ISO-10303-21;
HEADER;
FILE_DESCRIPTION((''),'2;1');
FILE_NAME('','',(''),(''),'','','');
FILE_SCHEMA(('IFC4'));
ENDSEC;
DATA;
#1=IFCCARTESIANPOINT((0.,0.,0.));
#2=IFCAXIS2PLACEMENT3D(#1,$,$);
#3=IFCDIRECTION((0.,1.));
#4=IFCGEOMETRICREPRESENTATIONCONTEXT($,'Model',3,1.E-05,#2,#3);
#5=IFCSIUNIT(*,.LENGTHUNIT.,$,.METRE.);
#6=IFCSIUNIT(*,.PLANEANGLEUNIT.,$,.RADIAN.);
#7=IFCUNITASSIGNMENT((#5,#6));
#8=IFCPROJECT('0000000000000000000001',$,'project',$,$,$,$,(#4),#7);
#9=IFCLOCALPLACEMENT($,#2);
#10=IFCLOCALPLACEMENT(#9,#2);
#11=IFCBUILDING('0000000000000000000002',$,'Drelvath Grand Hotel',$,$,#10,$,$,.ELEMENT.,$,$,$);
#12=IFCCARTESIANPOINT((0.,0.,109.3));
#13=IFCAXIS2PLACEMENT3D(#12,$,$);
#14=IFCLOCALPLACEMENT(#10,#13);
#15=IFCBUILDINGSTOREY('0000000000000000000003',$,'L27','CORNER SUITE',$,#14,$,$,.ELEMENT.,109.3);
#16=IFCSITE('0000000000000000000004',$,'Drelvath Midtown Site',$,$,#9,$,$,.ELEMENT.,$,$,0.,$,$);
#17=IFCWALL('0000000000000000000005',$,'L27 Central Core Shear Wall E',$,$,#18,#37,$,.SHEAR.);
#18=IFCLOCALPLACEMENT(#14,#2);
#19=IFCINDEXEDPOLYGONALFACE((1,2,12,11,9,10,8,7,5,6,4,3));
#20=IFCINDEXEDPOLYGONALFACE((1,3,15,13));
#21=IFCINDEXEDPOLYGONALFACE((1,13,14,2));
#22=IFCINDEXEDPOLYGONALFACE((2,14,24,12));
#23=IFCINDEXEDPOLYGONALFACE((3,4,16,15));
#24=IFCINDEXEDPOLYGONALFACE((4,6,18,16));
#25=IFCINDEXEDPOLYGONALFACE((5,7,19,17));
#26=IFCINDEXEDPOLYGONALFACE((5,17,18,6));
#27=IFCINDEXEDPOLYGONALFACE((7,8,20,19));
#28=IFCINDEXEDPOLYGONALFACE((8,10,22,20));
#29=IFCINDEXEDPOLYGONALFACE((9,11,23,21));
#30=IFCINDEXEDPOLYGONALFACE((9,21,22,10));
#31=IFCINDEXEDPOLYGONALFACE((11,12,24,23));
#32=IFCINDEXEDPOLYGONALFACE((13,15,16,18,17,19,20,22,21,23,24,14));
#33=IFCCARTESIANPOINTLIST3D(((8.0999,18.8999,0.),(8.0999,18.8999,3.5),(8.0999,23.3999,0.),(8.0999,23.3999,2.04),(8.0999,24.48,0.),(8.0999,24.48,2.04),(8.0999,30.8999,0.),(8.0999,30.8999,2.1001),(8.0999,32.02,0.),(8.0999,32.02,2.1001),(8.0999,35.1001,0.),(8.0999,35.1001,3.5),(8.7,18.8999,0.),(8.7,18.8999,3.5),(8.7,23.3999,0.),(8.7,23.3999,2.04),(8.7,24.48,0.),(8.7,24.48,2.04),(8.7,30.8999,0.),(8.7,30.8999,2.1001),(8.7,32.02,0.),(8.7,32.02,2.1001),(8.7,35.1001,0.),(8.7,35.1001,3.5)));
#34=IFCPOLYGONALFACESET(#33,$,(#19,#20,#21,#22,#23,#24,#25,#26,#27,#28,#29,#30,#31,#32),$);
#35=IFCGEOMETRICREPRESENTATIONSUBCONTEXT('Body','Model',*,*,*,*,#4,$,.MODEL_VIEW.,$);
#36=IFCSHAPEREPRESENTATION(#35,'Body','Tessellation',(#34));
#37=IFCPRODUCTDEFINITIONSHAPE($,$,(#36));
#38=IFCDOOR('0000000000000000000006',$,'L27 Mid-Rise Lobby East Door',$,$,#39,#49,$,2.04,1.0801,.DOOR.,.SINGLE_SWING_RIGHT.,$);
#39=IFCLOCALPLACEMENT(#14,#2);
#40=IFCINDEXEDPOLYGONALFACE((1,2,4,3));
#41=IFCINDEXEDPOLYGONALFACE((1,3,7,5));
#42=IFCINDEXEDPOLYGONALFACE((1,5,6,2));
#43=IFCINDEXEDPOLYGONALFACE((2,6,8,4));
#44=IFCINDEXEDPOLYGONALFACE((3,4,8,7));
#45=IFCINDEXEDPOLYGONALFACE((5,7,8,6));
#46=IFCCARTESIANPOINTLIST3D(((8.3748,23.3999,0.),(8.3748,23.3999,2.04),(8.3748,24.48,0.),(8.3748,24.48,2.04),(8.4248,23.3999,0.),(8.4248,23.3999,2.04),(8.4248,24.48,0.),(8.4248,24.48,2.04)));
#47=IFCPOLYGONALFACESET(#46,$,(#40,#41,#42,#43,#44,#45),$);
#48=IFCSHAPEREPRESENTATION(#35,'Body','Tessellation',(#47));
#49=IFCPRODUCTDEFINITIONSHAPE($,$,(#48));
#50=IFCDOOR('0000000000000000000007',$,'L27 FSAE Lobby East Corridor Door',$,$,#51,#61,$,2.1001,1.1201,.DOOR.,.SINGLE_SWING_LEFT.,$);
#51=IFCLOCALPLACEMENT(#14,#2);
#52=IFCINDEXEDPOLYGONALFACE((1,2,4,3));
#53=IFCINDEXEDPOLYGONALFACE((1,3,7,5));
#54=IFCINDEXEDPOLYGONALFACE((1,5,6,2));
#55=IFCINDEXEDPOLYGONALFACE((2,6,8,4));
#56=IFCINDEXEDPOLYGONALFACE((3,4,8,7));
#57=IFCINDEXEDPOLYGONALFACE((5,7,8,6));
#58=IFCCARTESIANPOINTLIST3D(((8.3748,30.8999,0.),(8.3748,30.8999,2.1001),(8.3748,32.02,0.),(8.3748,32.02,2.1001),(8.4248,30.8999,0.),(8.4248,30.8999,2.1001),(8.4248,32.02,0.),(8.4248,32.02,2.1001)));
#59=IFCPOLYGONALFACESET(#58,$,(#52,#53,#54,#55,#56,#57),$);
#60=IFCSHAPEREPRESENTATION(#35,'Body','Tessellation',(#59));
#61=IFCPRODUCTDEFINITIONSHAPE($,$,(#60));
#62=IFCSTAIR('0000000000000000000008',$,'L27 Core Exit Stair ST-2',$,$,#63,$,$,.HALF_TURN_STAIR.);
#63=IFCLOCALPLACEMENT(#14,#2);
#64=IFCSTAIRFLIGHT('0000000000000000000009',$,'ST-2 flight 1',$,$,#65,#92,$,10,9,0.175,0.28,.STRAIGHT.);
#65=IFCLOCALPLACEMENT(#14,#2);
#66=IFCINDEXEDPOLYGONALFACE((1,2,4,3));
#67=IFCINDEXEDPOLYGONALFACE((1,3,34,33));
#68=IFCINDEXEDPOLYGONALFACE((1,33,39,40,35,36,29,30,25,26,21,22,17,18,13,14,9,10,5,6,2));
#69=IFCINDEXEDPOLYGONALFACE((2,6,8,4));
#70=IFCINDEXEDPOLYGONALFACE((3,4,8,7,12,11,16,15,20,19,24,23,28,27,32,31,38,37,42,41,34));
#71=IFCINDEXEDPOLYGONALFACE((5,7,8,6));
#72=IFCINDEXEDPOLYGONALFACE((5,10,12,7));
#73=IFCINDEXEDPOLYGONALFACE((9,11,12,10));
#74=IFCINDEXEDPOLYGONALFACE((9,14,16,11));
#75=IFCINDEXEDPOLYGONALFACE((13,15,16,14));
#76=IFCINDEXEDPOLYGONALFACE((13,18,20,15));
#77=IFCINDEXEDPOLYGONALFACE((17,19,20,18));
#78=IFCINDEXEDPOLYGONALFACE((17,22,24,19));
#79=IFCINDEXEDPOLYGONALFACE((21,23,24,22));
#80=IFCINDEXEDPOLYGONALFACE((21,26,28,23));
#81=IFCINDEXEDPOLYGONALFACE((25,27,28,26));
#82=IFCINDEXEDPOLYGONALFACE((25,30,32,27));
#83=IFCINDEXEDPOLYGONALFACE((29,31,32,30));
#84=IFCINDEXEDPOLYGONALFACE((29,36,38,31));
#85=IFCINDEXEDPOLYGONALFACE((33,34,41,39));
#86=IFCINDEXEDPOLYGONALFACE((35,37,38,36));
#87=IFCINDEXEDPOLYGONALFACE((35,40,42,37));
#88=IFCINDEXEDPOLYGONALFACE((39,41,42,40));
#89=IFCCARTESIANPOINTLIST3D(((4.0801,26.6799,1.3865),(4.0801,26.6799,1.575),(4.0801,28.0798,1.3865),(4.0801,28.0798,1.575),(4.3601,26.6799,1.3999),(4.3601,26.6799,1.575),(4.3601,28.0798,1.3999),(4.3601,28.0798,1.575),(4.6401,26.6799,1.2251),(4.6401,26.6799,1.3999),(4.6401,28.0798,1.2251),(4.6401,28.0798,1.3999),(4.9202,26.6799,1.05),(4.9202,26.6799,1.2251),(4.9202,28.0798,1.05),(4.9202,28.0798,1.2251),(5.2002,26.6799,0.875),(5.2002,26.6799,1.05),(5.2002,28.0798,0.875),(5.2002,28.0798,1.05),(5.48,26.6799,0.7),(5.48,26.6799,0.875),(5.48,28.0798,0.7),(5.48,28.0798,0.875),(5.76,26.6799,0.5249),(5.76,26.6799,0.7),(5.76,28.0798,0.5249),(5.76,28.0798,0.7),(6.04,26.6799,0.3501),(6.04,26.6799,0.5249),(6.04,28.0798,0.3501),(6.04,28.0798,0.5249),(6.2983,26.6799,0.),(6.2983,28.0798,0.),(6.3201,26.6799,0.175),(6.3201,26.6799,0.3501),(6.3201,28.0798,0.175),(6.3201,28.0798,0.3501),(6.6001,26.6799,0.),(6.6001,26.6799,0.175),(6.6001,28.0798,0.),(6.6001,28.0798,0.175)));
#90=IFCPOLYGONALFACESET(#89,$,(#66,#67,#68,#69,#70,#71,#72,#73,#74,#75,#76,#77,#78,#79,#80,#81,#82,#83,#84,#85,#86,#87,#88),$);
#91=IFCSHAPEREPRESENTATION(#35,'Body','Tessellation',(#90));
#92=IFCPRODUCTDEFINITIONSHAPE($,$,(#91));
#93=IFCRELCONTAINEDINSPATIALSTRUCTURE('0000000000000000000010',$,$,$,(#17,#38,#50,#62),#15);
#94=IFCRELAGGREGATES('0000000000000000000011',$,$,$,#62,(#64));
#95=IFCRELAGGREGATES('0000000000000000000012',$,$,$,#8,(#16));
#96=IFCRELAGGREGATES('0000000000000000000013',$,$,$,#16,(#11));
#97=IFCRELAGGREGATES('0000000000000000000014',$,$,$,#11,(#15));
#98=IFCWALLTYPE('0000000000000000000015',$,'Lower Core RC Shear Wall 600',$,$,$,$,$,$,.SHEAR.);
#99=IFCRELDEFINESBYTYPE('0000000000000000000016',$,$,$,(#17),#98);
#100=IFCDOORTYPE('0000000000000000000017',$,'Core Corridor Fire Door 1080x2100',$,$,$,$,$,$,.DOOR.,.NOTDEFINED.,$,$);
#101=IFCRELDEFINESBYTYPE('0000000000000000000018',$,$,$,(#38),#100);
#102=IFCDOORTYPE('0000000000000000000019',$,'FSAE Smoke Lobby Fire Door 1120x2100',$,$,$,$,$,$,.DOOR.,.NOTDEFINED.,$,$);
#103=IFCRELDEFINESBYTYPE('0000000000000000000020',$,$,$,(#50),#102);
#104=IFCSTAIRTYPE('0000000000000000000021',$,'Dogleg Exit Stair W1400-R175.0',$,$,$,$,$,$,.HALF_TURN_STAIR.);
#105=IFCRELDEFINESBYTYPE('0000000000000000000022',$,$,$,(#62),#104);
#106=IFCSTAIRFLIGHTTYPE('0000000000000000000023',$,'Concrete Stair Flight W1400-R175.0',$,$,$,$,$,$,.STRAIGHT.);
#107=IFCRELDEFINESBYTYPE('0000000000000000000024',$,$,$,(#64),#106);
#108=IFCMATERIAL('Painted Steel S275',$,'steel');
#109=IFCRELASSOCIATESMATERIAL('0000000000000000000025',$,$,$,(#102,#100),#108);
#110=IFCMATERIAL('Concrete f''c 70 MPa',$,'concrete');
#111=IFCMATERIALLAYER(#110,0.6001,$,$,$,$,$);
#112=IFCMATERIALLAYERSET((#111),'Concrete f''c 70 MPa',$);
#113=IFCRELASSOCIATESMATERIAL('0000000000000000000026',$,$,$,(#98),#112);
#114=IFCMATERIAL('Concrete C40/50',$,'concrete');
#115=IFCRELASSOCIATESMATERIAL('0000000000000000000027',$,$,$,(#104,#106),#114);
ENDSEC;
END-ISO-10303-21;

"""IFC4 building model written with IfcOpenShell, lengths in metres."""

from ifc_helpers import new_model, si_unit, direction, frame, frame_2d, origin, place, context, subcontext, project, spatial, polyline, rectangle, outline, extrude, material, layer, layer_set, type_object, element, fill, aggregate, save


model = new_model("IFC4")

# Units and contexts
model_context = context("Model", 3, precision=1e-05, world=origin(), true_north=direction((0.0, 1.0)))
body_context = subcontext(model_context, "Body", "Model", "MODEL_VIEW")
ifc_project = project(units=[si_unit("LENGTHUNIT", "METRE"), si_unit("PLANEANGLEUNIT", "RADIAN")], contexts=[model_context])

# Site, building, storey
site_placement = place(None, origin())
site = spatial("IfcSite", under=ifc_project, at=site_placement, Name="Drelvath Midtown Site", CompositionType="ELEMENT", RefElevation=0.0)
building_placement = place(site_placement, origin())
building = spatial("IfcBuilding", under=site, at=building_placement, Name="Drelvath Grand Hotel", CompositionType="ELEMENT")
storey_placement = place(building_placement, frame((0.0, 0.0, 109.3)))
storey = spatial("IfcBuildingStorey", under=building, at=storey_placement, Name="L27", Description="CORNER SUITE", CompositionType="ELEMENT", Elevation=109.3)

# Shared definitions
ifc_material_1 = material(Name="Concrete f'c 70 MPa", Category="concrete")

# Shared definitions
ifc_material_2 = material(Name="Concrete C40/50", Category="concrete")

# Shared definitions
ifc_material_3 = material(Name="Painted Steel S275", Category="steel")

# Shared definitions
door_type_1 = type_object("IfcDoorType", Name="FSAE Smoke Lobby Fire Door 1120x2100", OperationType="NOTDEFINED", PredefinedType="DOOR", material=ifc_material_3)

# Wall, openings, doors
ifc_layer_1 = layer(ifc_material_1, 0.6001)
ifc_layer_set_1 = layer_set([ifc_layer_1], Name="Concrete f'c 70 MPa")
wall_type_1 = type_object("IfcWallType", Name="Lower Core RC Shear Wall 600", PredefinedType="SHEAR", material=ifc_layer_set_1)
wall_1_placement = place(storey_placement, frame((8.3999, 35.1001, 0.0), z_axis=(0.0, 0.0, 1.0), x_axis=(0.0, -1.0, 0.0)))
wall_1 = element("IfcWall", 1, at=wall_1_placement, inside=storey, type_object=wall_type_1, Name="L27 Central Core Shear Wall E", PredefinedType="SHEAR", context=body_context, shape_type="SweptSolid", body=[
    extrude(rectangle(XDim=16.2002, YDim=0.6001, at=frame_2d((8.1001, 0.0))), origin(), (0.0, 0.0, 1.0), 3.5),
])
opening_1_placement = place(wall_1_placement, frame((3.0801, 0.0, 0.0)))
opening_1 = element("IfcOpeningElement", 2, at=opening_1_placement, cuts=wall_1, PredefinedType="OPENING", context=body_context, shape_type="SweptSolid", body=[
    extrude(rectangle(XDim=1.1201, YDim=2.1001, at=frame_2d((0.5601, 1.05))), frame((0.0, 0.3101, 0.0), z_axis=(0.0, -1.0, 0.0), x_axis=(1.0, 0.0, 0.0)), (0.0, 0.0, 1.0), 0.6201),
])
opening_2_placement = place(wall_1_placement, frame((10.6201, 0.0, 0.0)))
opening_2 = element("IfcOpeningElement", 3, at=opening_2_placement, cuts=wall_1, PredefinedType="OPENING", context=body_context, shape_type="SweptSolid", body=[
    extrude(rectangle(XDim=1.0801, YDim=2.04, at=frame_2d((0.54, 1.02))), frame((0.0, 0.3101, 0.0), z_axis=(0.0, -1.0, 0.0), x_axis=(1.0, 0.0, 0.0)), (0.0, 0.0, 1.0), 0.6201),
])
door_type_2 = type_object("IfcDoorType", Name="Core Corridor Fire Door 1080x2100", OperationType="NOTDEFINED", PredefinedType="DOOR", material=ifc_material_3)
door_1_placement = place(opening_2_placement, origin())
door_1 = element("IfcDoor", 4, at=door_1_placement, inside=storey, type_object=door_type_2, Name="L27 Mid-Rise Lobby East Door", OperationType="SINGLE_SWING_RIGHT", OverallHeight=2.04, OverallWidth=1.0801, PredefinedType="DOOR", context=body_context, shape_type="SweptSolid", body=[
    extrude(rectangle(XDim=1.0801, YDim=2.04, at=frame_2d((0.54, 1.02))), frame((0.0, 0.0249, 0.0), z_axis=(0.0, -1.0, 0.0), x_axis=(1.0, 0.0, 0.0)), (0.0, 0.0, 1.0), 0.05),
])
fill(opening_2, door_1)
door_2_placement = place(opening_1_placement, origin())
door_2 = element("IfcDoor", 5, at=door_2_placement, inside=storey, type_object=door_type_1, Name="L27 FSAE Lobby East Corridor Door", OperationType="SINGLE_SWING_LEFT", OverallHeight=2.1001, OverallWidth=1.1201, PredefinedType="DOOR", context=body_context, shape_type="SweptSolid", body=[
    extrude(rectangle(XDim=1.1201, YDim=2.1001, at=frame_2d((0.5601, 1.05))), frame((0.0, 0.0249, 0.0), z_axis=(0.0, -1.0, 0.0), x_axis=(1.0, 0.0, 0.0)), (0.0, 0.0, 1.0), 0.05),
])
fill(opening_1, door_2)

# Stair, stair flight
stair_type = type_object("IfcStairType", Name="Dogleg Exit Stair W1400-R175.0", PredefinedType="HALF_TURN_STAIR", material=ifc_material_2)
stair_placement = place(storey_placement, origin())
stair = element("IfcStair", 6, at=stair_placement, inside=storey, type_object=stair_type, Name="L27 Core Exit Stair ST-2", PredefinedType="HALF_TURN_STAIR")
stair_flight_type = type_object("IfcStairFlightType", Name="Concrete Stair Flight W1400-R175.0", PredefinedType="STRAIGHT", material=ifc_material_2)
stair_flight_placement = place(storey_placement, frame((6.6001, 27.3799, 0.0), z_axis=(0.0, 0.0, 1.0), x_axis=(-1.0, 0.0, 0.0)))
stair_flight = element("IfcStairFlight", 7, at=stair_flight_placement, type_object=stair_flight_type, Name="ST-2 flight 1", NumberOfRisers=10, NumberOfTreads=9, PredefinedType="STRAIGHT", RiserHeight=0.175, TreadLength=0.28, context=body_context, shape_type="SweptSolid", body=[
    extrude(outline(polyline([(0.0, 0.0), (0.0, 0.175), (0.28, 0.175), (0.28, 0.3501), (0.5601, 0.3501), (0.5601, 0.5249), (0.8401, 0.5249), (0.8401, 0.7), (1.1201, 0.7), (1.1201, 0.875), (1.3999, 0.875), (1.3999, 1.05), (1.6799, 1.05), (1.6799, 1.2251), (1.96, 1.2251), (1.96, 1.3999), (2.24, 1.3999), (2.24, 1.575), (2.52, 1.575), (2.52, 1.75), (2.52, 1.3865), (0.3018, 0.0), (0.0, 0.0)])), frame((0.0, 0.7, 0.0), z_axis=(0.0, -1.0, 0.0), x_axis=(1.0, 0.0, 0.0)), (0.0, 0.0, 1.0), 1.3999),
])
aggregate(stair, [stair_flight])

save(model, "model.ifc")
